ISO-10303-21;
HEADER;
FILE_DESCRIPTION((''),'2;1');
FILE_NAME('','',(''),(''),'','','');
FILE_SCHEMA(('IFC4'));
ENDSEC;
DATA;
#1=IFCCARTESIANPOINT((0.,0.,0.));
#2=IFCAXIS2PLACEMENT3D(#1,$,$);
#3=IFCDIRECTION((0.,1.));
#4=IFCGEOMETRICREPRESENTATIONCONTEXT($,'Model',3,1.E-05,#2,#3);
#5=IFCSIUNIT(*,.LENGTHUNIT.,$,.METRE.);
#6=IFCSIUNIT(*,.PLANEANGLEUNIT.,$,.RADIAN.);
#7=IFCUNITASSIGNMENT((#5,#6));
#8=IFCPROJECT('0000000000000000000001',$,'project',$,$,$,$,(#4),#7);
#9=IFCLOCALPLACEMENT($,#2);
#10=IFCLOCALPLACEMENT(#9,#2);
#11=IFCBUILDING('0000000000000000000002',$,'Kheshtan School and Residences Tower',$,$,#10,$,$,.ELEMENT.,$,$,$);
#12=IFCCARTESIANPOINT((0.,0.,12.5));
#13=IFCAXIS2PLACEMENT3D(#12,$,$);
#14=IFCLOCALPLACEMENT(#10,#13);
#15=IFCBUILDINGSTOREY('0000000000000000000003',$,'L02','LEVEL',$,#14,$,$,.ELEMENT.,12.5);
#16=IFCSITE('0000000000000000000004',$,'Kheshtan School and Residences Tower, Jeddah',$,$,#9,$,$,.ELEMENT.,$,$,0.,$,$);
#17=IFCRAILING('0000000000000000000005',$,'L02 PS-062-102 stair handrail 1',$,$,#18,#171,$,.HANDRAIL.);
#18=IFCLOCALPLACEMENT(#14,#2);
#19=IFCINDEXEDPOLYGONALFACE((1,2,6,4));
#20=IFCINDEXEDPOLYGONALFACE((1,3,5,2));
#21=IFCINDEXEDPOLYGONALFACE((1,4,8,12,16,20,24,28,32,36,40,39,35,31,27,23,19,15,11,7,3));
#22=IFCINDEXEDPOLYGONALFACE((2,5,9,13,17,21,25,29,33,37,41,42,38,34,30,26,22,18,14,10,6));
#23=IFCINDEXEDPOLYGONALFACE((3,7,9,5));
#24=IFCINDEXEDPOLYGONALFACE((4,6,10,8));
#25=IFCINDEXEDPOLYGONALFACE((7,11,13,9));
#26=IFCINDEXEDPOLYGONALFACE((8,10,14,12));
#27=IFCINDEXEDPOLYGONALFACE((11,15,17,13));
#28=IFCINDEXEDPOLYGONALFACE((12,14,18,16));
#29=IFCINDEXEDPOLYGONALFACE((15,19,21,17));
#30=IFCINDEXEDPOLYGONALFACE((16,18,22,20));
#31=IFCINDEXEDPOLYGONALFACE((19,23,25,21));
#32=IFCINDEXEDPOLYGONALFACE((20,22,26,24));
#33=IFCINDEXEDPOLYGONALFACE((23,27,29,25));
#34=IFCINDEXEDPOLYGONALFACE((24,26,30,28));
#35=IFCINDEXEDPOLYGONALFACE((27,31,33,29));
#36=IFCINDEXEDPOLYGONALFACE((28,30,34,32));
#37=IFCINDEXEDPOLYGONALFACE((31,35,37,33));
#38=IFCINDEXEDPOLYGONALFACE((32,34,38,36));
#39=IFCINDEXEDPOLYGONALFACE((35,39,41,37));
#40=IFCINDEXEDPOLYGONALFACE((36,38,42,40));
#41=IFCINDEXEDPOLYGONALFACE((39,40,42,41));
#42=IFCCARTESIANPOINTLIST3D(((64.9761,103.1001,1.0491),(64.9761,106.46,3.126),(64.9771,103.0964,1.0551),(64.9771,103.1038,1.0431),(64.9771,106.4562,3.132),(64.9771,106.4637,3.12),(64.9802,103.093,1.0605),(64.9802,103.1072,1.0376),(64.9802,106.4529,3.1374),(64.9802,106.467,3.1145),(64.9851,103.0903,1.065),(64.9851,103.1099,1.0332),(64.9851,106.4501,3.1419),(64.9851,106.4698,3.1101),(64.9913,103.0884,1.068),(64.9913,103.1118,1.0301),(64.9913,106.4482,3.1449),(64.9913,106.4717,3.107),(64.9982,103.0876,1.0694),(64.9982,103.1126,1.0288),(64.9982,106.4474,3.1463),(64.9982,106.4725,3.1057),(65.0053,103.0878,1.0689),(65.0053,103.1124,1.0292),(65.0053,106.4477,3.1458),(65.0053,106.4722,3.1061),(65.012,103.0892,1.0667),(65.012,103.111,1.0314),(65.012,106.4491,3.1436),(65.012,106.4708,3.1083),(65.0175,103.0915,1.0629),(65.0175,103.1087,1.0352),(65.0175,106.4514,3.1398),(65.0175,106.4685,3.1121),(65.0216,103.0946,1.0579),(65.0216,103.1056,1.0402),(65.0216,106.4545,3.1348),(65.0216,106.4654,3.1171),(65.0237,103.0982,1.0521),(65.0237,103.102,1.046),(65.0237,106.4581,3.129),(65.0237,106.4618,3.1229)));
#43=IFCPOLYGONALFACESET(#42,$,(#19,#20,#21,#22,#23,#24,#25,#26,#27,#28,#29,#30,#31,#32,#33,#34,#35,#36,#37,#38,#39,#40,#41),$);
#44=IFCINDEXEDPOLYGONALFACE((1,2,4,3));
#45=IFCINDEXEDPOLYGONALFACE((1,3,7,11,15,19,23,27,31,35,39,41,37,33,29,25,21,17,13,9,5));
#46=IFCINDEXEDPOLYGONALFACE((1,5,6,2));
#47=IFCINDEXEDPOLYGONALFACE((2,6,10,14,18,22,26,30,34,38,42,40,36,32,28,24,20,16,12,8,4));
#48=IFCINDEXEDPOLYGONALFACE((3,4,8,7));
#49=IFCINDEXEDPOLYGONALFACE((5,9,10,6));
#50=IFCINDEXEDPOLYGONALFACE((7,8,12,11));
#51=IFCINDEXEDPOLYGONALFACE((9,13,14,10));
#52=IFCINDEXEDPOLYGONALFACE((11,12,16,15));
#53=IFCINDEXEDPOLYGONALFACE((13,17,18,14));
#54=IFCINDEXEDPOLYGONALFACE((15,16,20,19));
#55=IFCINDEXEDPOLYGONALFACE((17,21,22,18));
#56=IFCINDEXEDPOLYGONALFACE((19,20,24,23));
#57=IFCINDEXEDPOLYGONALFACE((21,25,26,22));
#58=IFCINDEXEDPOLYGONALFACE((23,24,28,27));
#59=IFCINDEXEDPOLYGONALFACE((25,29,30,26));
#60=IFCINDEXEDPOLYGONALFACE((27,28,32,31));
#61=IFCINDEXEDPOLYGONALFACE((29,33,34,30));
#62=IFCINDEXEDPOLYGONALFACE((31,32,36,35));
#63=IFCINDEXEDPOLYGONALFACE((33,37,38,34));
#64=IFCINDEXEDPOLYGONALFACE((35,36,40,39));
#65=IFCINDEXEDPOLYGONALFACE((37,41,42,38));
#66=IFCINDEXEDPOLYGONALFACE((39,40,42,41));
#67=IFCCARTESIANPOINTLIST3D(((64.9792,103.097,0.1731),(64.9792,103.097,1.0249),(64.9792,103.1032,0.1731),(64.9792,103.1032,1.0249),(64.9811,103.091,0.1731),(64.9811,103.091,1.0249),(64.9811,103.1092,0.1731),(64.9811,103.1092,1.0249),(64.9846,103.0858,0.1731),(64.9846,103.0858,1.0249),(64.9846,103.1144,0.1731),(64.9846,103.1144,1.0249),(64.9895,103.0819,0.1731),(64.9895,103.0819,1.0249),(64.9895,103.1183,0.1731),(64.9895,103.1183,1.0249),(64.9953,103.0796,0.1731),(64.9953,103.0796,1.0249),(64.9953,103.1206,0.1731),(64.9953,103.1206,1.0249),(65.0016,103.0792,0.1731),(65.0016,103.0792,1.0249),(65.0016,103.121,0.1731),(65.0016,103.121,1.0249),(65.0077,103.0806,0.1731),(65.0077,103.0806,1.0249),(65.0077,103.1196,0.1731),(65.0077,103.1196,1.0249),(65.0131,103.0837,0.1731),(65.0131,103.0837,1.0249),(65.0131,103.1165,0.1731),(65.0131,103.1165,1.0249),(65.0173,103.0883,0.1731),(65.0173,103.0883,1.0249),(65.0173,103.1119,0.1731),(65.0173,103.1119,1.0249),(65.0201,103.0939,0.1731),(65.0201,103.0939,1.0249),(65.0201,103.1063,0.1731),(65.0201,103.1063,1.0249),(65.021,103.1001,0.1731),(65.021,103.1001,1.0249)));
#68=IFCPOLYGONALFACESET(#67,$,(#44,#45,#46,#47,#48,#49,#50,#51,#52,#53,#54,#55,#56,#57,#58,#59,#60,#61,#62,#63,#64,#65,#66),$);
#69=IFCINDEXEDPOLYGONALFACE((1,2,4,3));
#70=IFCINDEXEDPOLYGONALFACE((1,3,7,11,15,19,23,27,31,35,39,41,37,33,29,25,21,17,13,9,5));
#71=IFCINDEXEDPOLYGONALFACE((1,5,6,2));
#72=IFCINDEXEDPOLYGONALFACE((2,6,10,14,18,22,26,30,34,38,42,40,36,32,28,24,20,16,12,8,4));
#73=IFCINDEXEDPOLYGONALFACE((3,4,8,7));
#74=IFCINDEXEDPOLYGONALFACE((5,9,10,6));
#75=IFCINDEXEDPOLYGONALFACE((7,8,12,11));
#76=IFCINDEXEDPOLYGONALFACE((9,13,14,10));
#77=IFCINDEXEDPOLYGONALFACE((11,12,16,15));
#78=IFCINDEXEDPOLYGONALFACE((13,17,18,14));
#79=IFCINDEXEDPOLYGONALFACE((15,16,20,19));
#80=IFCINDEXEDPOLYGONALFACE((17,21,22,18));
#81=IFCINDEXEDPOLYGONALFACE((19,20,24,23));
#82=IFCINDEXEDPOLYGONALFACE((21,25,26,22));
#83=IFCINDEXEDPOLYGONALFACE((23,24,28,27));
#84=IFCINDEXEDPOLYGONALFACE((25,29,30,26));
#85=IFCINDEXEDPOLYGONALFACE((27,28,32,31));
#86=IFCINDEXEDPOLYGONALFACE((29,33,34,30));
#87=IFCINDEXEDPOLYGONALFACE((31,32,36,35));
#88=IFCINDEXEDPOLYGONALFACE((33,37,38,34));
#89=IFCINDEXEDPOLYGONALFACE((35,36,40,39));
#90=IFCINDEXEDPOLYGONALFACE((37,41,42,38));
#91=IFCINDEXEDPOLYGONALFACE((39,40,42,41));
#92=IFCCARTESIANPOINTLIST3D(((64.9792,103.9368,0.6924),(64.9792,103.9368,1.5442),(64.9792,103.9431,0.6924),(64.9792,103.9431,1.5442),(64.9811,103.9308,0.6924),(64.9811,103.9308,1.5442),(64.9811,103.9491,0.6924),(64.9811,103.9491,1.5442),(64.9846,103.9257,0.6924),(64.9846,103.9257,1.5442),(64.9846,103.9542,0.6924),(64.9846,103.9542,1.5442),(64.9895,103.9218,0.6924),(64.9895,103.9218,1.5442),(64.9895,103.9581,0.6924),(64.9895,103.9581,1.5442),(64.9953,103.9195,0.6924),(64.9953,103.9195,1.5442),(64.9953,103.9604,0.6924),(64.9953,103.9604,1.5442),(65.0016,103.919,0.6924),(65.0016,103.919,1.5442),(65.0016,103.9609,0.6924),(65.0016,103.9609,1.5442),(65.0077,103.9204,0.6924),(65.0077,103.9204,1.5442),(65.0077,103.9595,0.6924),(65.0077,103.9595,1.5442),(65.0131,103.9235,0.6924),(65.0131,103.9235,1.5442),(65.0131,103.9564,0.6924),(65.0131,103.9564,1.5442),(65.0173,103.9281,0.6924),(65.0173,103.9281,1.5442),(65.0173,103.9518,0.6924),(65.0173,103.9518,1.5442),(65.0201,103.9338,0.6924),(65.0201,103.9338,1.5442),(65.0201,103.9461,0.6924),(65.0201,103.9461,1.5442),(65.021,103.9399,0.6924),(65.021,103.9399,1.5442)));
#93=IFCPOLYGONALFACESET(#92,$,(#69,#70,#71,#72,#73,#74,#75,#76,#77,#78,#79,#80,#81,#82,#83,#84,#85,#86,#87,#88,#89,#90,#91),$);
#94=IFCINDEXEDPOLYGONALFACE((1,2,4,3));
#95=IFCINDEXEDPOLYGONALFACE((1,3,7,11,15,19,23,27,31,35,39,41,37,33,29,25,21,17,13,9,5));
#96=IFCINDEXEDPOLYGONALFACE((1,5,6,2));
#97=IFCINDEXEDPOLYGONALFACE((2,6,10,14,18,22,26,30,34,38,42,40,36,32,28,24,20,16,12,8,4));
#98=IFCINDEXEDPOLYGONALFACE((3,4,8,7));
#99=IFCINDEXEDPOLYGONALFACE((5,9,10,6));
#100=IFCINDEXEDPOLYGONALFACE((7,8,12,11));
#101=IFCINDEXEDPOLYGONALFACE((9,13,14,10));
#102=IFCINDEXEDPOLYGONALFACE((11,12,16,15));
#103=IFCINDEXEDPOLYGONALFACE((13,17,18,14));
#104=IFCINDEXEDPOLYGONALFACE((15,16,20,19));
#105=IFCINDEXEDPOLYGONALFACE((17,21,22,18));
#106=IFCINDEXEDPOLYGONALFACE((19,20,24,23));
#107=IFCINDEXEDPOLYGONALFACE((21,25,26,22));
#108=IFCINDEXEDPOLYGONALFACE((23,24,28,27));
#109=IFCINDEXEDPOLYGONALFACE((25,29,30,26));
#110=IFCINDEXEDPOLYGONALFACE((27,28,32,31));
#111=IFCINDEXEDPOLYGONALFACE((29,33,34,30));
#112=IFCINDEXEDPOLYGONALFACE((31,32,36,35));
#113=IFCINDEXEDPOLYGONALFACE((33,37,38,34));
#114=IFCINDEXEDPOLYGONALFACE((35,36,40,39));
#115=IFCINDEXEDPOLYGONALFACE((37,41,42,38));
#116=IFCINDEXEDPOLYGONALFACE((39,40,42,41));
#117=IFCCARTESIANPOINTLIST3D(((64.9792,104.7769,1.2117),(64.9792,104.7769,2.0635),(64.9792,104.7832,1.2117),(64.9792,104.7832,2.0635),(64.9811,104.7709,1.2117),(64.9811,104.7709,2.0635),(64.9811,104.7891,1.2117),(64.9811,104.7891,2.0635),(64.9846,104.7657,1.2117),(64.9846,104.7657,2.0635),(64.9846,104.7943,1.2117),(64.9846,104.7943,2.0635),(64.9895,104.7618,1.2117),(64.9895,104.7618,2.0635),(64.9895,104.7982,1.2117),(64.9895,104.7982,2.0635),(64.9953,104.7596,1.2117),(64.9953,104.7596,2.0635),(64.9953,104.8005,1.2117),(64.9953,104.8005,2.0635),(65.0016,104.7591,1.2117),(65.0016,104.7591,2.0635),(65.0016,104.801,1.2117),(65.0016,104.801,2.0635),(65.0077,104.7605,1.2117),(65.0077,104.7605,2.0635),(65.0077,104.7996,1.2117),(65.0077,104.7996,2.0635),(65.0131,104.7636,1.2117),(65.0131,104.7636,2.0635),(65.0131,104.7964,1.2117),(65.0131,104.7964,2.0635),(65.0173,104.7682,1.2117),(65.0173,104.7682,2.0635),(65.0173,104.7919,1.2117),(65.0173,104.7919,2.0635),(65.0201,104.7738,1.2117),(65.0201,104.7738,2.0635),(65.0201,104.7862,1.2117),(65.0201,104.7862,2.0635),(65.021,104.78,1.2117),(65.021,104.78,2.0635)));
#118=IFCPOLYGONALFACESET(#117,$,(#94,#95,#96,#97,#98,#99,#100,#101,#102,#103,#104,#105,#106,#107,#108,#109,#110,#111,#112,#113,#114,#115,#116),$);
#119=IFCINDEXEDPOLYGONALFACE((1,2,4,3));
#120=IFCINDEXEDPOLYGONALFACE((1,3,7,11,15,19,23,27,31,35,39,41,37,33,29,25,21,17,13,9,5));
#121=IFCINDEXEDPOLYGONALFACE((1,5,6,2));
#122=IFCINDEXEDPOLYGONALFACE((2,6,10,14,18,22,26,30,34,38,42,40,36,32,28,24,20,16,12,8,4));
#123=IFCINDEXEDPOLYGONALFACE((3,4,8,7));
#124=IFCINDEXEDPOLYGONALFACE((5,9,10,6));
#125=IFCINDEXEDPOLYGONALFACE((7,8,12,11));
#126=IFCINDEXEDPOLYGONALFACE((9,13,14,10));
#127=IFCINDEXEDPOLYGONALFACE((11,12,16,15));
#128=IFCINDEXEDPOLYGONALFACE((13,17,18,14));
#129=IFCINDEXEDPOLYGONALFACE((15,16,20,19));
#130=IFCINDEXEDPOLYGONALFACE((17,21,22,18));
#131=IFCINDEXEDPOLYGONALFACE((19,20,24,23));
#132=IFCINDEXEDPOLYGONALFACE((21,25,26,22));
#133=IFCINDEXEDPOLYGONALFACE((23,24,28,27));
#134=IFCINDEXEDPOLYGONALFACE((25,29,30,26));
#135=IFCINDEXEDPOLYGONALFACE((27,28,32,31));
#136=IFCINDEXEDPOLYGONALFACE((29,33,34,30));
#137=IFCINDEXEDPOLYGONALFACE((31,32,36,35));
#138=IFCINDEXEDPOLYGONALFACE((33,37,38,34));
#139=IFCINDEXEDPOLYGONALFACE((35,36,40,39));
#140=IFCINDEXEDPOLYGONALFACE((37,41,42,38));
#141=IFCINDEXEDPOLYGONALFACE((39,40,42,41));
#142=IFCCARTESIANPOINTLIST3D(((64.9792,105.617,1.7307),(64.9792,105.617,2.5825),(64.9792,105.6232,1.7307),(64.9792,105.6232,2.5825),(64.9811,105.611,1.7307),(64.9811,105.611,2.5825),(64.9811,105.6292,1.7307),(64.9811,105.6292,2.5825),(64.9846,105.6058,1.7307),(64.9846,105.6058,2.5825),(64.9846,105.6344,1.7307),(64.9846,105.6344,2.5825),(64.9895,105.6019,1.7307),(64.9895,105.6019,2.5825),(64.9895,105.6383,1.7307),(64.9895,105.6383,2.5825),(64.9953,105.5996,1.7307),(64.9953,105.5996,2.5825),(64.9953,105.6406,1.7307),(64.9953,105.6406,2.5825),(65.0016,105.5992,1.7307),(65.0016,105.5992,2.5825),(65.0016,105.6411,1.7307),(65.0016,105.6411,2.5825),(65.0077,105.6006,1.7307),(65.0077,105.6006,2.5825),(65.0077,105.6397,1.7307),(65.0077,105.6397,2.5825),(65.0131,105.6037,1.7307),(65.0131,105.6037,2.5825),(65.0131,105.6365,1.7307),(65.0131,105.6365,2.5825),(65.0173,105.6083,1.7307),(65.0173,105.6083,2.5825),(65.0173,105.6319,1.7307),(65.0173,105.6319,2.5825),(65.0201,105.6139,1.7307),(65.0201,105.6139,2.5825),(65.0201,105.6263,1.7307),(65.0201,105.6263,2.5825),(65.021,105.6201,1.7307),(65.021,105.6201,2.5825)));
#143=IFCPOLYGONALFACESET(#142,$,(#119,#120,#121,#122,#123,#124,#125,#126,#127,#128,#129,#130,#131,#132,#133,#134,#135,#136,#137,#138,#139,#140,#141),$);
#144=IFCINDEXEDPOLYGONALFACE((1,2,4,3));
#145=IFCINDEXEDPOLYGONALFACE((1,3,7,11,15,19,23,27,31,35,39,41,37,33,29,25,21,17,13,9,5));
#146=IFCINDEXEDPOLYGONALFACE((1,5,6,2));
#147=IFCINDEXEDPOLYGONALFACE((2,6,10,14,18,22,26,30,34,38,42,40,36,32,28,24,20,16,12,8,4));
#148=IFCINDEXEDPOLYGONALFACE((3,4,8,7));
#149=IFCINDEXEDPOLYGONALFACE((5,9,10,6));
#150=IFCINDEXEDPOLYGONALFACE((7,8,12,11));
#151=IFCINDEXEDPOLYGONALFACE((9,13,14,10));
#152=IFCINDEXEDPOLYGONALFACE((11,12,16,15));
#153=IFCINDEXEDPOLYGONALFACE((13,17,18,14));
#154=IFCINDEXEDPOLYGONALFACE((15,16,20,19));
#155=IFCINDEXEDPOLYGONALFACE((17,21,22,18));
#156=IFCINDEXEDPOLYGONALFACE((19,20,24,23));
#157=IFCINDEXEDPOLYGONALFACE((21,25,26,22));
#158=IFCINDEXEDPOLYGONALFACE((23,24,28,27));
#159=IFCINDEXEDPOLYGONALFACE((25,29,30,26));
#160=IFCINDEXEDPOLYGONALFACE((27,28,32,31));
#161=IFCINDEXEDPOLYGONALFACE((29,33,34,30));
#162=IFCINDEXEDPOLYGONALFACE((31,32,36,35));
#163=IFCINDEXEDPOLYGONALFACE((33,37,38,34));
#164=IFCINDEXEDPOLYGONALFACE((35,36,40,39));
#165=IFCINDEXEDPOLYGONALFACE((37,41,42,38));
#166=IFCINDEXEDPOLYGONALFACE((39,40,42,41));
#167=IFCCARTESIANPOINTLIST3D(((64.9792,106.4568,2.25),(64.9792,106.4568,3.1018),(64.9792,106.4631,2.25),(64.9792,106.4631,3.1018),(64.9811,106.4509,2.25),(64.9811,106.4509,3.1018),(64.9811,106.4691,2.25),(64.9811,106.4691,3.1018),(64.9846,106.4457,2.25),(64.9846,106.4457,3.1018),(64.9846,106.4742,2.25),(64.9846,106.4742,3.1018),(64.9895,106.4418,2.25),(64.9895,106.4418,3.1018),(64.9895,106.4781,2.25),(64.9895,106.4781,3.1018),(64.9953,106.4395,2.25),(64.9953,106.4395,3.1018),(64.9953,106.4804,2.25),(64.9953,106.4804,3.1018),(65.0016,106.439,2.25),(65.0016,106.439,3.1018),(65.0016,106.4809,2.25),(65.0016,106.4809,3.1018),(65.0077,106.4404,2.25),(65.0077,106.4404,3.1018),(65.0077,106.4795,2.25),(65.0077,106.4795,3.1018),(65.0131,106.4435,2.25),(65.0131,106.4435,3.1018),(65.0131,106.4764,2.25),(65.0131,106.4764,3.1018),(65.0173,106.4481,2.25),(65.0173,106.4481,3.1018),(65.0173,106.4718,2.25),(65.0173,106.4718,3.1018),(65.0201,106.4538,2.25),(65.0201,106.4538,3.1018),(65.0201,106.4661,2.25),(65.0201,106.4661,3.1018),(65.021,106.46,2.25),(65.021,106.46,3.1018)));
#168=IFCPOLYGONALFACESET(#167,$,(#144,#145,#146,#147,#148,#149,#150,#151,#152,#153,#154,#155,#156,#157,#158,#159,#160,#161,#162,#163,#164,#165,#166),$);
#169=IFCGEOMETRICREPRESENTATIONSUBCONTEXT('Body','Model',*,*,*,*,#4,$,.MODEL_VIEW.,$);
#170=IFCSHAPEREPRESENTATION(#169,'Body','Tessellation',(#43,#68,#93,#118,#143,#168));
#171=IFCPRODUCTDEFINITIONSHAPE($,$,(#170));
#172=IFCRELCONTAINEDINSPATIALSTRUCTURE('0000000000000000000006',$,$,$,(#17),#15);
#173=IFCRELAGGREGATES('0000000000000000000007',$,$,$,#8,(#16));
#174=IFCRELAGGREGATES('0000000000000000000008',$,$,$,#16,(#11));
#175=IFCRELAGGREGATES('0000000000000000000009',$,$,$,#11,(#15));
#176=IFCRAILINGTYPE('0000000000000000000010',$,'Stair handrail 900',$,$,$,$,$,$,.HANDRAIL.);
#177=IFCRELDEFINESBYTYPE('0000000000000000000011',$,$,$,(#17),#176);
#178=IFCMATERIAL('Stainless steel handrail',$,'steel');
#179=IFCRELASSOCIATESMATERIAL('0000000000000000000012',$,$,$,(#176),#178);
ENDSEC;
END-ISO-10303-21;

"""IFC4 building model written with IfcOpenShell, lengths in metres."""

from ifc_helpers import new_model, si_unit, direction, frame, origin, origin_2d, place, context, subcontext, project, spatial, circle, extrude, material, type_object, element, save


model = new_model("IFC4")

# Units and contexts
model_context = context("Model", 3, precision=1e-05, world=origin(), true_north=direction((0.0, 1.0)))
body_context = subcontext(model_context, "Body", "Model", "MODEL_VIEW")
ifc_project = project(units=[si_unit("LENGTHUNIT", "METRE"), si_unit("PLANEANGLEUNIT", "RADIAN")], contexts=[model_context])

# Site, building, storey
site_placement = place(None, origin())
site = spatial("IfcSite", under=ifc_project, at=site_placement, Name="Kheshtan School and Residences Tower, Jeddah", CompositionType="ELEMENT", RefElevation=0.0)
building_placement = place(site_placement, origin())
building = spatial("IfcBuilding", under=site, at=building_placement, Name="Kheshtan School and Residences Tower", CompositionType="ELEMENT")
storey_placement = place(building_placement, frame((0.0, 0.0, 12.5)))
storey = spatial("IfcBuildingStorey", under=building, at=storey_placement, Name="L02", Description="LEVEL", CompositionType="ELEMENT", Elevation=12.5)

# Railing
ifc_material_1 = material(Name="Stainless steel handrail", Category="steel")
railing_type_1 = type_object("IfcRailingType", Name="Stair handrail 900", PredefinedType="HANDRAIL", material=ifc_material_1)
railing_1_placement = place(storey_placement, frame((65.0, 103.1001, 0.1731)))
element("IfcRailing", 1, at=railing_1_placement, inside=storey, type_object=railing_type_1, Name="L02 PS-062-102 stair handrail 1", PredefinedType="HANDRAIL", context=body_context, shape_type="SweptSolid", body=[
    extrude(circle(Radius=0.0239, at=origin_2d()), frame((0.0, 0.0, 0.876), z_axis=(0.0, 0.850606, 0.525803), x_axis=(-1.0, 0.0, 0.0)), (0.0, 0.0, 1.0), 3.95),
    extrude(circle(Radius=0.021, at=origin_2d()), origin(), (0.0, 0.0, 1.0), 0.8518),
    extrude(circle(Radius=0.021, at=origin_2d()), frame((0.0, 0.8398, 0.5193)), (0.0, 0.0, 1.0), 0.8518),
    extrude(circle(Radius=0.021, at=origin_2d()), frame((0.0, 1.6799, 1.0386)), (0.0, 0.0, 1.0), 0.8518),
    extrude(circle(Radius=0.021, at=origin_2d()), frame((0.0, 2.52, 1.5576)), (0.0, 0.0, 1.0), 0.8518),
    extrude(circle(Radius=0.021, at=origin_2d()), frame((0.0, 3.3599, 2.0769)), (0.0, 0.0, 1.0), 0.8518),
])

save(model, "model.ifc")
